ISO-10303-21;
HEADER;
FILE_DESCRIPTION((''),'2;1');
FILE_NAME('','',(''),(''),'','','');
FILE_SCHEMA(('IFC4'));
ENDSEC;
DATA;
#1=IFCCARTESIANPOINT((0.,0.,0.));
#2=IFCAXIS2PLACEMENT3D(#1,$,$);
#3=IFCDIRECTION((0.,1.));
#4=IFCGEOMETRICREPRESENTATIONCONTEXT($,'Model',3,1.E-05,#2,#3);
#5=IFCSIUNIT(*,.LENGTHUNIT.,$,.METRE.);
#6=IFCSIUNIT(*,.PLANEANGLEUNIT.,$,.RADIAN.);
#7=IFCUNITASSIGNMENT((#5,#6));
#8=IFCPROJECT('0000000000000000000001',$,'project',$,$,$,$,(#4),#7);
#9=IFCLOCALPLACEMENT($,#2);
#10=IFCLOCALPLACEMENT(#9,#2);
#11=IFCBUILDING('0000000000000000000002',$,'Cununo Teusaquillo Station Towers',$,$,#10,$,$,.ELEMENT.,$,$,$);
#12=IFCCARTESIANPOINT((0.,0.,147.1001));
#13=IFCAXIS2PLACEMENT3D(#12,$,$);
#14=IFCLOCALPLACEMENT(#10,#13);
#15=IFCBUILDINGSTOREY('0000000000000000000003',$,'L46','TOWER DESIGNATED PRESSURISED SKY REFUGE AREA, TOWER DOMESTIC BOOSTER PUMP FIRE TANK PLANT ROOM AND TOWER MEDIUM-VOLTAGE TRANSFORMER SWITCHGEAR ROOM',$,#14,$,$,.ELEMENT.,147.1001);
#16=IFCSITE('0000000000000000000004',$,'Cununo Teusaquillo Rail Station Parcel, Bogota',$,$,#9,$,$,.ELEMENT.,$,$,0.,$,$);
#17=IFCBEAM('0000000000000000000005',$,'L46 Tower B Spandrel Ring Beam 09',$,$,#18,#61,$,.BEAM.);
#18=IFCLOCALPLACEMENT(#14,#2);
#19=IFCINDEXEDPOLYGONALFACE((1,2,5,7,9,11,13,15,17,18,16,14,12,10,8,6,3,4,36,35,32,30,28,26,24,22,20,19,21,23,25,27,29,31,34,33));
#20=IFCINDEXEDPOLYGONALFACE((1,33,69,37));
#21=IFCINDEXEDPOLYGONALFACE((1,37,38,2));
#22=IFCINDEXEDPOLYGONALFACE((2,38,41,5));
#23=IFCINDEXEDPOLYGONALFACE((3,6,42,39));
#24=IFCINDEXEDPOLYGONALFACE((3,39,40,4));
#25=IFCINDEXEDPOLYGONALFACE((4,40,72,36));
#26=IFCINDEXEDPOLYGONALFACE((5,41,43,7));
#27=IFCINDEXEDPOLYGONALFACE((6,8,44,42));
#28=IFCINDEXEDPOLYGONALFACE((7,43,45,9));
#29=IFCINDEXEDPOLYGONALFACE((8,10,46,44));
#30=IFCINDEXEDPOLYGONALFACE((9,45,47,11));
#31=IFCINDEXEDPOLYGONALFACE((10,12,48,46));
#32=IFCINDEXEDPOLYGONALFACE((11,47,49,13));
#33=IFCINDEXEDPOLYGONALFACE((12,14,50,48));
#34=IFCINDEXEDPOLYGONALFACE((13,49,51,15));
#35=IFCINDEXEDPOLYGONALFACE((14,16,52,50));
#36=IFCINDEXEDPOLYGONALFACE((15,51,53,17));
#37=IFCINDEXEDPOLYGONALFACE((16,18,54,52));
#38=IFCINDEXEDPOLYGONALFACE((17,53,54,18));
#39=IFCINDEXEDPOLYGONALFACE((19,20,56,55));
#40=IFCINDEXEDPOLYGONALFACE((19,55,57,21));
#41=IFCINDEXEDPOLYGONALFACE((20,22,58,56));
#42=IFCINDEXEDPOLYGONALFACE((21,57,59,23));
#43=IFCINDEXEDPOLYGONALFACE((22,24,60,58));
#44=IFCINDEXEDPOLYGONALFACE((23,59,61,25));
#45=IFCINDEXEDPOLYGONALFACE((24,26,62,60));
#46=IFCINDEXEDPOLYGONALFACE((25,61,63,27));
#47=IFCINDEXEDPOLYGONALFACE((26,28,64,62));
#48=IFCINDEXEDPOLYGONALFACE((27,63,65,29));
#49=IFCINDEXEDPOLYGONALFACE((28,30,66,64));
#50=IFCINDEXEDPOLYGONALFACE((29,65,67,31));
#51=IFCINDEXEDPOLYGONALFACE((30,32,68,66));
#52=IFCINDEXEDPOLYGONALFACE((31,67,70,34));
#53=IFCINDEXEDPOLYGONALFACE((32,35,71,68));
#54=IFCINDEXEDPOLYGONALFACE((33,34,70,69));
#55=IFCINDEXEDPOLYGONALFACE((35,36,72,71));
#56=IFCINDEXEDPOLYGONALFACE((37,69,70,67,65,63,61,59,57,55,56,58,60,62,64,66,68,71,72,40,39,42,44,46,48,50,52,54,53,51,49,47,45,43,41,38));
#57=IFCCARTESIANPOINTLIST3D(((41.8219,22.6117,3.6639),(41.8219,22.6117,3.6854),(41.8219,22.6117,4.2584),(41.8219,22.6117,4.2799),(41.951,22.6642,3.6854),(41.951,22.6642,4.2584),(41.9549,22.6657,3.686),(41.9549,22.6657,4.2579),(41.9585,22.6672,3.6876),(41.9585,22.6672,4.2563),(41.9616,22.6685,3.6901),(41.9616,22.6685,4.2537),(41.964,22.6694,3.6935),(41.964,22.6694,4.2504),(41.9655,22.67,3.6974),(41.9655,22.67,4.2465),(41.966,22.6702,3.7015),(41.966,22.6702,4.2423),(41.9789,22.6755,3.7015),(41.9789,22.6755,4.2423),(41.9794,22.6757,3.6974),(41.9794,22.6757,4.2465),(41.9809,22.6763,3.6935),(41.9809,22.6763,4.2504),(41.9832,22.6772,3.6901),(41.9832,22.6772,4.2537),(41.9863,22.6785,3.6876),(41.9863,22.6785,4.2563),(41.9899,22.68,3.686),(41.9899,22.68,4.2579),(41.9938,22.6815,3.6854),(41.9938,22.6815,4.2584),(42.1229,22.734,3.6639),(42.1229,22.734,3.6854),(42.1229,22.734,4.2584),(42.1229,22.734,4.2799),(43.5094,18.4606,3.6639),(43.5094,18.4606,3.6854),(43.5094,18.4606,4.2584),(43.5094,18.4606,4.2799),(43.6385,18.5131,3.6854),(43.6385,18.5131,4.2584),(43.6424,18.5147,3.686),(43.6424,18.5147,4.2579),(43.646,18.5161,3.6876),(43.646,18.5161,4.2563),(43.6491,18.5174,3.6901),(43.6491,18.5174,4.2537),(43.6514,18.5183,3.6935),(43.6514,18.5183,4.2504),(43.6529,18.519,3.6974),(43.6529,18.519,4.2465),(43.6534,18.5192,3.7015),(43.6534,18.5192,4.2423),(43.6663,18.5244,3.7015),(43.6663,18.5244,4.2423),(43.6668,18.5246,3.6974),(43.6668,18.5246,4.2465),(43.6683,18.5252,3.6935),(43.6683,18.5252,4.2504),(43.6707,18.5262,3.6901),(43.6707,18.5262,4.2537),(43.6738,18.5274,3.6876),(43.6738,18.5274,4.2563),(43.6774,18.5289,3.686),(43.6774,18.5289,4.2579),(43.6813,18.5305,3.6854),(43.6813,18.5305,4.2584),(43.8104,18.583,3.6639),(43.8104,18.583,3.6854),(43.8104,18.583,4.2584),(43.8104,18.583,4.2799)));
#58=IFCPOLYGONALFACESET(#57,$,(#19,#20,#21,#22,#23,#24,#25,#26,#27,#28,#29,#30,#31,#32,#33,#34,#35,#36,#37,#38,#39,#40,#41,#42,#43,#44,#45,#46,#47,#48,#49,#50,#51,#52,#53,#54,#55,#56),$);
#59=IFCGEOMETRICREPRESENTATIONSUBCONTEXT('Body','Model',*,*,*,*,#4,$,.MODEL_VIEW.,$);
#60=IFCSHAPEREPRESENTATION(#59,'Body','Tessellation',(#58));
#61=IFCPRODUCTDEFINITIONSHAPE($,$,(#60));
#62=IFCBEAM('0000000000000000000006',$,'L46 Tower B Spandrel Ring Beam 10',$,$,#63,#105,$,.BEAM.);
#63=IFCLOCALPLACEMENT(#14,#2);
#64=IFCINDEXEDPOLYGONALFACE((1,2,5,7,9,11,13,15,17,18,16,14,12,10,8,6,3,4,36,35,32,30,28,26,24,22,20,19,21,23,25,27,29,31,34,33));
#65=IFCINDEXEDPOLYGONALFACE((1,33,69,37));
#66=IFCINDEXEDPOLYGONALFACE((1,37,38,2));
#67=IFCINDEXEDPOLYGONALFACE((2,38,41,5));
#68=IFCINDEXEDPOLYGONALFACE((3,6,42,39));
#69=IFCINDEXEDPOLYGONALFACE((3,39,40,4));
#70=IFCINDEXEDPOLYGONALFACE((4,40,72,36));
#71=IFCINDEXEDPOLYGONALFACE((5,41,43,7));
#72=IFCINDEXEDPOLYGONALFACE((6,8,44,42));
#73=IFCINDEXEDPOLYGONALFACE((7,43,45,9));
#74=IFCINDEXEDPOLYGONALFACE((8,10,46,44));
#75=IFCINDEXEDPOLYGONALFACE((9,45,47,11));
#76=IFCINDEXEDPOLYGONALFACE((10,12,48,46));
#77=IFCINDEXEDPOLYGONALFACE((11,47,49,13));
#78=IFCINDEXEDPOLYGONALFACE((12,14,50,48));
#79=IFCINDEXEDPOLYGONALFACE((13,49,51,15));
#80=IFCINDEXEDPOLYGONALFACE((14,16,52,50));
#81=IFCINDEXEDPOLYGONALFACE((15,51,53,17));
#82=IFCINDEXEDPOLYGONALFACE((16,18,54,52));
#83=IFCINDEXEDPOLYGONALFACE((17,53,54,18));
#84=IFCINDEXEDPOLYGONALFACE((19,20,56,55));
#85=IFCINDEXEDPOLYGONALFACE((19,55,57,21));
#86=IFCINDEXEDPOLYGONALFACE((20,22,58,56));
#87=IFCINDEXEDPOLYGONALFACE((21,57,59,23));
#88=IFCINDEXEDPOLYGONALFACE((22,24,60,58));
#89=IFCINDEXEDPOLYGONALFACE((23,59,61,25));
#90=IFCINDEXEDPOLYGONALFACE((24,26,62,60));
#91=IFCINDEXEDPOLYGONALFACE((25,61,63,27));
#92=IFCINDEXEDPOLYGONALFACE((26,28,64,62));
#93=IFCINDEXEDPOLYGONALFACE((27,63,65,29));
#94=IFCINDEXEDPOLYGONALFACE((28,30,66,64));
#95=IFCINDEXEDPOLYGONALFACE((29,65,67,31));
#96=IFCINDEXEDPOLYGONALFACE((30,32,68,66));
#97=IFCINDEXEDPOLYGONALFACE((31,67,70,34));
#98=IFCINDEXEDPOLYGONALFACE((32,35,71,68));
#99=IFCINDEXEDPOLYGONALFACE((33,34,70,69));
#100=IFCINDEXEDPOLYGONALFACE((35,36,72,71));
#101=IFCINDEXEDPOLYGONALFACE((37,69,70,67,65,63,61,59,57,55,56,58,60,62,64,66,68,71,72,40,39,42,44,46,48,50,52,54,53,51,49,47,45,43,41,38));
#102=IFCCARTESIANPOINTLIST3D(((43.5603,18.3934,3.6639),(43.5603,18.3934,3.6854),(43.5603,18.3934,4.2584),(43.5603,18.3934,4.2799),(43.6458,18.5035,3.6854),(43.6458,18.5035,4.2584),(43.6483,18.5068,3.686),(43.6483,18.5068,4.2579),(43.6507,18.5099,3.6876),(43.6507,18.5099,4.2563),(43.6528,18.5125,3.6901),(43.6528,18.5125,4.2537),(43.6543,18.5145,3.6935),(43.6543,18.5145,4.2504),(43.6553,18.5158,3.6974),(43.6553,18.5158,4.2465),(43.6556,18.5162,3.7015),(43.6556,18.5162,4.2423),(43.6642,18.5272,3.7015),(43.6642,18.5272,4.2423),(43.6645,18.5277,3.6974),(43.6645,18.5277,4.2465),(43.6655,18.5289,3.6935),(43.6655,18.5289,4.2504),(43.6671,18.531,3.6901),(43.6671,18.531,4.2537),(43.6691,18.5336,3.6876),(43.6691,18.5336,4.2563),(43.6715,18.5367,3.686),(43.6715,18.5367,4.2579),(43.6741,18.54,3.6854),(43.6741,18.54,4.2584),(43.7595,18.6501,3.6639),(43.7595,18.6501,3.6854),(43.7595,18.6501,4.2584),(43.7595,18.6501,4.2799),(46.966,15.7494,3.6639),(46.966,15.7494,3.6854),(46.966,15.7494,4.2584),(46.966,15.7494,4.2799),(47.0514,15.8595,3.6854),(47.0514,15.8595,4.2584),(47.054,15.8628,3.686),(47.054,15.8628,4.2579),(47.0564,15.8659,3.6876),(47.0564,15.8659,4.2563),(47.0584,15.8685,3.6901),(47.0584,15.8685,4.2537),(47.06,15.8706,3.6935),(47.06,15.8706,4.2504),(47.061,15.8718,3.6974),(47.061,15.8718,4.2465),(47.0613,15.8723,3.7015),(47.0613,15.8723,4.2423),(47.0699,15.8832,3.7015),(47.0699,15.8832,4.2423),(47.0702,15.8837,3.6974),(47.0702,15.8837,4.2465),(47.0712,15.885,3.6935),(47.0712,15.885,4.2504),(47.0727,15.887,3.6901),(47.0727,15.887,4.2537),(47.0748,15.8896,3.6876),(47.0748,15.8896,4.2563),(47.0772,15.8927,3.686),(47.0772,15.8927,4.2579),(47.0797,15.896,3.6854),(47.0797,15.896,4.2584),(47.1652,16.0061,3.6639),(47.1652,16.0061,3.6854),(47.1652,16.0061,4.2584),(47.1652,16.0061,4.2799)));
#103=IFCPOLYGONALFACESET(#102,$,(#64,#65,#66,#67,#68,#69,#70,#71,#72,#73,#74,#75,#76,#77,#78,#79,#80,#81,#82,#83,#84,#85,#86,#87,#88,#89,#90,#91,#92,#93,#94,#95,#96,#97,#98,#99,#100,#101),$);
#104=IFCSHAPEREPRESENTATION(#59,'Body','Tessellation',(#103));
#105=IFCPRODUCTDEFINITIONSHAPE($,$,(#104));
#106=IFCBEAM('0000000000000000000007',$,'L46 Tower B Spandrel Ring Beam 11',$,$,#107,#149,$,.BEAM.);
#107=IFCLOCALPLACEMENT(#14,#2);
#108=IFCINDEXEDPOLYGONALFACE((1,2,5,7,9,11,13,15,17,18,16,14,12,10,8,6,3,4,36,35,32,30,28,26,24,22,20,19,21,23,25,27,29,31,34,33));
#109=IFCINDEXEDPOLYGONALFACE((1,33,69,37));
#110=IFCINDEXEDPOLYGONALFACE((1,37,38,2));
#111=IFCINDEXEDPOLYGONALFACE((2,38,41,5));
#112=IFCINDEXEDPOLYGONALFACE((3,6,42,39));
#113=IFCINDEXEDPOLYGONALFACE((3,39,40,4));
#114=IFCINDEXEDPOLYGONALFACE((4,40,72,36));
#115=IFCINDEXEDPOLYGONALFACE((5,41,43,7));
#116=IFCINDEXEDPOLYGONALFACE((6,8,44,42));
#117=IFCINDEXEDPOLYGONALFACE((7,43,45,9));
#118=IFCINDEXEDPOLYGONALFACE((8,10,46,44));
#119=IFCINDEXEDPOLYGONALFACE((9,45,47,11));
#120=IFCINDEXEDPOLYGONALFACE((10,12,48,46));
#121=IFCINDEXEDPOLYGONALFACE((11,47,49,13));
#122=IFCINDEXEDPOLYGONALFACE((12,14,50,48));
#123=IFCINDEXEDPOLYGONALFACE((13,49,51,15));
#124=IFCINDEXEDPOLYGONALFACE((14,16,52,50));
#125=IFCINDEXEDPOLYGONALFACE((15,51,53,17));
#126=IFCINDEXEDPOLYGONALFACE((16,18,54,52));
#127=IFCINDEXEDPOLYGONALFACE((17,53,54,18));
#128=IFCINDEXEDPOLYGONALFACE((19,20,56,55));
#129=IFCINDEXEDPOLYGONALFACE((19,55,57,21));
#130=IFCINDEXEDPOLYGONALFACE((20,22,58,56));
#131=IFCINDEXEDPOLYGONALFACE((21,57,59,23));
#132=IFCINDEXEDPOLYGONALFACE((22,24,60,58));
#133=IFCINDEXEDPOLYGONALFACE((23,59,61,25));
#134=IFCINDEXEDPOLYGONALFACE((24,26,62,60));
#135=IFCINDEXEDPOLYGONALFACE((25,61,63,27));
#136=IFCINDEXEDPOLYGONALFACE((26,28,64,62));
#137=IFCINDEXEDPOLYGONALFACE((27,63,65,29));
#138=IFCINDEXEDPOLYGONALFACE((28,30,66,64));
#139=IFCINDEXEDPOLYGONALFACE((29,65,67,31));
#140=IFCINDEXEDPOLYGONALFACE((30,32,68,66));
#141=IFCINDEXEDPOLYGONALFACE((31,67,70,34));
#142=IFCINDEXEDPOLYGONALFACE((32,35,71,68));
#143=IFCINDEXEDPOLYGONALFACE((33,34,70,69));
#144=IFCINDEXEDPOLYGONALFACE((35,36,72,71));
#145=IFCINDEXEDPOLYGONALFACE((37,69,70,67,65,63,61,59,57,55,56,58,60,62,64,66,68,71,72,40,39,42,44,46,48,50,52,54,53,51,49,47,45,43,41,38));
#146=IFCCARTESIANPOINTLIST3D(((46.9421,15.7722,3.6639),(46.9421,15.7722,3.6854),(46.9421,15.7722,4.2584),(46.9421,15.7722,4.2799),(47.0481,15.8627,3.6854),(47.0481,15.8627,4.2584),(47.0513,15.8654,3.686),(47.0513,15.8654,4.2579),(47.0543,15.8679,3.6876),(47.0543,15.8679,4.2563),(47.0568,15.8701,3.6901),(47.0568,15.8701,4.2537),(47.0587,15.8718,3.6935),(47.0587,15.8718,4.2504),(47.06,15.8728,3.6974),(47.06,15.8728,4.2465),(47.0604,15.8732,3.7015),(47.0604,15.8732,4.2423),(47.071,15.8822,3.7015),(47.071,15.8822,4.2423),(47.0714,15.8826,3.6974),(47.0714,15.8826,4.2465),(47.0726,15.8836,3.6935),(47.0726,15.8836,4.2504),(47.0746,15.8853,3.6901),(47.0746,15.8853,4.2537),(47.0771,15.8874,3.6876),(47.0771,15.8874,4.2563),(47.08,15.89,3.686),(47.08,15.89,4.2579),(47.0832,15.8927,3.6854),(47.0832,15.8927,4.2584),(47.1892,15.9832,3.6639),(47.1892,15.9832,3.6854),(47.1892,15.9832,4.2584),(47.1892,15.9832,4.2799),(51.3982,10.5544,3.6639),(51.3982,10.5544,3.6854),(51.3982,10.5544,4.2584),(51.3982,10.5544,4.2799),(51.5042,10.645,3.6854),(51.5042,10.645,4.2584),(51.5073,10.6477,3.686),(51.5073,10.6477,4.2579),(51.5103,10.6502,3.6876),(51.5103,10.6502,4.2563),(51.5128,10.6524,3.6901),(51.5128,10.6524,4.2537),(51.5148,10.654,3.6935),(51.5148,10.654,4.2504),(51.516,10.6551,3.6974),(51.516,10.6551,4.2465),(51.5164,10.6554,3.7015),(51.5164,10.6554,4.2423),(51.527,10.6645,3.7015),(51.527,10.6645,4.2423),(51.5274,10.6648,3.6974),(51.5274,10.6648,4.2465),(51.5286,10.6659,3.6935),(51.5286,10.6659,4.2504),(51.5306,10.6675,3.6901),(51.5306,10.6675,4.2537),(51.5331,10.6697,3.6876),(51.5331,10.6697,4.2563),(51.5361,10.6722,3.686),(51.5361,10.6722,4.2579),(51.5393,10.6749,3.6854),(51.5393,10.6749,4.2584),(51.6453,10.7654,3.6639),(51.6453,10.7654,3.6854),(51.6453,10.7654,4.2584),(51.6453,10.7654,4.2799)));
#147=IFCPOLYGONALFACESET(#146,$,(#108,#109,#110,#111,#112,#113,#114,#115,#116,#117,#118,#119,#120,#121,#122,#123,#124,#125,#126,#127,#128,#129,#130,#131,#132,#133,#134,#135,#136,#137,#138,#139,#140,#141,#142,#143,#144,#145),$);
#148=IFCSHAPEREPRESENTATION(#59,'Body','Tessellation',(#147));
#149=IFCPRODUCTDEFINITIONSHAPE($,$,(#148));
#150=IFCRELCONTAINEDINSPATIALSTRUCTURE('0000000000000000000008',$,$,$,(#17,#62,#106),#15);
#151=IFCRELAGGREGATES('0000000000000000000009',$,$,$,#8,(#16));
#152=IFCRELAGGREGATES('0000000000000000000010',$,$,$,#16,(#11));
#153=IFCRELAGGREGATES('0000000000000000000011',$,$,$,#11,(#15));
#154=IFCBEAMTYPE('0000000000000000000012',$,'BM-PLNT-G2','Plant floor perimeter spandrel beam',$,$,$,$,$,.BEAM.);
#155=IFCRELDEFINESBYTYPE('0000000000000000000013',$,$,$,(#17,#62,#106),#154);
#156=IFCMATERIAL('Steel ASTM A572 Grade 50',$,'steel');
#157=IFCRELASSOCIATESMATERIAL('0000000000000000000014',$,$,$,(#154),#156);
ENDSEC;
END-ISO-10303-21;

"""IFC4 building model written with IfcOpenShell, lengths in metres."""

from ifc_helpers import new_model, si_unit, direction, frame, origin, origin_2d, place, context, subcontext, project, spatial, i_section, extrude, material, material_profile, profile_set, type_object, element, save


model = new_model("IFC4")

# Units and contexts
model_context = context("Model", 3, precision=1e-05, world=origin(), true_north=direction((0.0, 1.0)))
body_context = subcontext(model_context, "Body", "Model", "MODEL_VIEW")
ifc_project = project(units=[si_unit("LENGTHUNIT", "METRE"), si_unit("PLANEANGLEUNIT", "RADIAN")], contexts=[model_context])

# Site, building, storey
site_placement = place(None, origin())
site = spatial("IfcSite", under=ifc_project, at=site_placement, Name="Cununo Teusaquillo Rail Station Parcel, Bogota", CompositionType="ELEMENT", RefElevation=0.0)
building_placement = place(site_placement, origin())
building = spatial("IfcBuilding", under=site, at=building_placement, Name="Cununo Teusaquillo Station Towers", CompositionType="ELEMENT")
storey_placement = place(building_placement, frame((0.0, 0.0, 147.1001)))
storey = spatial("IfcBuildingStorey", under=building, at=storey_placement, Name="L46", Description="TOWER DESIGNATED PRESSURISED SKY REFUGE AREA, TOWER DOMESTIC BOOSTER PUMP FIRE TANK PLANT ROOM AND TOWER MEDIUM-VOLTAGE TRANSFORMER SWITCHGEAR ROOM", CompositionType="ELEMENT", Elevation=147.1001)

# Beams
ifc_material_1 = material(Name="Steel ASTM A572 Grade 50", Category="steel")
ifc_material_profile_1 = material_profile(ifc_material_1, i_section(OverallWidth=0.325, OverallDepth=0.616, WebThickness=0.0139, FlangeThickness=0.0215, FilletRadius=0.0161, at=origin_2d()), Name="W24X117")
ifc_profile_set_1 = profile_set([ifc_material_profile_1], Name="Steel ASTM A572 Grade 50")
beam_type_1 = type_object("IfcBeamType", Name="BM-PLNT-G2", Description="Plant floor perimeter spandrel beam", PredefinedType="BEAM", material=ifc_profile_set_1)
beam_1_placement = place(storey_placement, frame((41.9724, 22.6729, 3.9719), z_axis=(0.376589, -0.92638, 0.0), x_axis=(0.92638, 0.376589, 0.0)))
element("IfcBeam", 1, at=beam_1_placement, inside=storey, type_object=beam_type_1, Name="L46 Tower B Spandrel Ring Beam 09", PredefinedType="BEAM", context=body_context, shape_type="SweptSolid", body=[
    extrude(i_section(OverallWidth=0.325, OverallDepth=0.616, WebThickness=0.0139, FlangeThickness=0.0215, FilletRadius=0.0161, at=origin_2d()), origin(), (0.0, 0.0, 1.0), 4.481),
])
beam_2_placement = place(storey_placement, frame((43.6599, 18.5217, 3.9719), z_axis=(0.789901, -0.613235, 0.0), x_axis=(0.613235, 0.789901, 0.0)))
element("IfcBeam", 2, at=beam_2_placement, inside=storey, type_object=beam_type_1, Name="L46 Tower B Spandrel Ring Beam 10", PredefinedType="BEAM", context=body_context, shape_type="SweptSolid", body=[
    extrude(i_section(OverallWidth=0.325, OverallDepth=0.616, WebThickness=0.0139, FlangeThickness=0.0215, FilletRadius=0.0161, at=origin_2d()), origin(), (0.0, 0.0, 1.0), 4.3115),
])
beam_3_placement = place(storey_placement, frame((47.0657, 15.8777, 3.9719), z_axis=(0.649419, -0.760431, 0.0), x_axis=(0.760431, 0.649419, 0.0)))
element("IfcBeam", 3, at=beam_3_placement, inside=storey, type_object=beam_type_1, Name="L46 Tower B Spandrel Ring Beam 11", PredefinedType="BEAM", context=body_context, shape_type="SweptSolid", body=[
    extrude(i_section(OverallWidth=0.325, OverallDepth=0.616, WebThickness=0.0139, FlangeThickness=0.0215, FilletRadius=0.0161, at=origin_2d()), origin(), (0.0, 0.0, 1.0), 6.8616),
])

save(model, "model.ifc")
